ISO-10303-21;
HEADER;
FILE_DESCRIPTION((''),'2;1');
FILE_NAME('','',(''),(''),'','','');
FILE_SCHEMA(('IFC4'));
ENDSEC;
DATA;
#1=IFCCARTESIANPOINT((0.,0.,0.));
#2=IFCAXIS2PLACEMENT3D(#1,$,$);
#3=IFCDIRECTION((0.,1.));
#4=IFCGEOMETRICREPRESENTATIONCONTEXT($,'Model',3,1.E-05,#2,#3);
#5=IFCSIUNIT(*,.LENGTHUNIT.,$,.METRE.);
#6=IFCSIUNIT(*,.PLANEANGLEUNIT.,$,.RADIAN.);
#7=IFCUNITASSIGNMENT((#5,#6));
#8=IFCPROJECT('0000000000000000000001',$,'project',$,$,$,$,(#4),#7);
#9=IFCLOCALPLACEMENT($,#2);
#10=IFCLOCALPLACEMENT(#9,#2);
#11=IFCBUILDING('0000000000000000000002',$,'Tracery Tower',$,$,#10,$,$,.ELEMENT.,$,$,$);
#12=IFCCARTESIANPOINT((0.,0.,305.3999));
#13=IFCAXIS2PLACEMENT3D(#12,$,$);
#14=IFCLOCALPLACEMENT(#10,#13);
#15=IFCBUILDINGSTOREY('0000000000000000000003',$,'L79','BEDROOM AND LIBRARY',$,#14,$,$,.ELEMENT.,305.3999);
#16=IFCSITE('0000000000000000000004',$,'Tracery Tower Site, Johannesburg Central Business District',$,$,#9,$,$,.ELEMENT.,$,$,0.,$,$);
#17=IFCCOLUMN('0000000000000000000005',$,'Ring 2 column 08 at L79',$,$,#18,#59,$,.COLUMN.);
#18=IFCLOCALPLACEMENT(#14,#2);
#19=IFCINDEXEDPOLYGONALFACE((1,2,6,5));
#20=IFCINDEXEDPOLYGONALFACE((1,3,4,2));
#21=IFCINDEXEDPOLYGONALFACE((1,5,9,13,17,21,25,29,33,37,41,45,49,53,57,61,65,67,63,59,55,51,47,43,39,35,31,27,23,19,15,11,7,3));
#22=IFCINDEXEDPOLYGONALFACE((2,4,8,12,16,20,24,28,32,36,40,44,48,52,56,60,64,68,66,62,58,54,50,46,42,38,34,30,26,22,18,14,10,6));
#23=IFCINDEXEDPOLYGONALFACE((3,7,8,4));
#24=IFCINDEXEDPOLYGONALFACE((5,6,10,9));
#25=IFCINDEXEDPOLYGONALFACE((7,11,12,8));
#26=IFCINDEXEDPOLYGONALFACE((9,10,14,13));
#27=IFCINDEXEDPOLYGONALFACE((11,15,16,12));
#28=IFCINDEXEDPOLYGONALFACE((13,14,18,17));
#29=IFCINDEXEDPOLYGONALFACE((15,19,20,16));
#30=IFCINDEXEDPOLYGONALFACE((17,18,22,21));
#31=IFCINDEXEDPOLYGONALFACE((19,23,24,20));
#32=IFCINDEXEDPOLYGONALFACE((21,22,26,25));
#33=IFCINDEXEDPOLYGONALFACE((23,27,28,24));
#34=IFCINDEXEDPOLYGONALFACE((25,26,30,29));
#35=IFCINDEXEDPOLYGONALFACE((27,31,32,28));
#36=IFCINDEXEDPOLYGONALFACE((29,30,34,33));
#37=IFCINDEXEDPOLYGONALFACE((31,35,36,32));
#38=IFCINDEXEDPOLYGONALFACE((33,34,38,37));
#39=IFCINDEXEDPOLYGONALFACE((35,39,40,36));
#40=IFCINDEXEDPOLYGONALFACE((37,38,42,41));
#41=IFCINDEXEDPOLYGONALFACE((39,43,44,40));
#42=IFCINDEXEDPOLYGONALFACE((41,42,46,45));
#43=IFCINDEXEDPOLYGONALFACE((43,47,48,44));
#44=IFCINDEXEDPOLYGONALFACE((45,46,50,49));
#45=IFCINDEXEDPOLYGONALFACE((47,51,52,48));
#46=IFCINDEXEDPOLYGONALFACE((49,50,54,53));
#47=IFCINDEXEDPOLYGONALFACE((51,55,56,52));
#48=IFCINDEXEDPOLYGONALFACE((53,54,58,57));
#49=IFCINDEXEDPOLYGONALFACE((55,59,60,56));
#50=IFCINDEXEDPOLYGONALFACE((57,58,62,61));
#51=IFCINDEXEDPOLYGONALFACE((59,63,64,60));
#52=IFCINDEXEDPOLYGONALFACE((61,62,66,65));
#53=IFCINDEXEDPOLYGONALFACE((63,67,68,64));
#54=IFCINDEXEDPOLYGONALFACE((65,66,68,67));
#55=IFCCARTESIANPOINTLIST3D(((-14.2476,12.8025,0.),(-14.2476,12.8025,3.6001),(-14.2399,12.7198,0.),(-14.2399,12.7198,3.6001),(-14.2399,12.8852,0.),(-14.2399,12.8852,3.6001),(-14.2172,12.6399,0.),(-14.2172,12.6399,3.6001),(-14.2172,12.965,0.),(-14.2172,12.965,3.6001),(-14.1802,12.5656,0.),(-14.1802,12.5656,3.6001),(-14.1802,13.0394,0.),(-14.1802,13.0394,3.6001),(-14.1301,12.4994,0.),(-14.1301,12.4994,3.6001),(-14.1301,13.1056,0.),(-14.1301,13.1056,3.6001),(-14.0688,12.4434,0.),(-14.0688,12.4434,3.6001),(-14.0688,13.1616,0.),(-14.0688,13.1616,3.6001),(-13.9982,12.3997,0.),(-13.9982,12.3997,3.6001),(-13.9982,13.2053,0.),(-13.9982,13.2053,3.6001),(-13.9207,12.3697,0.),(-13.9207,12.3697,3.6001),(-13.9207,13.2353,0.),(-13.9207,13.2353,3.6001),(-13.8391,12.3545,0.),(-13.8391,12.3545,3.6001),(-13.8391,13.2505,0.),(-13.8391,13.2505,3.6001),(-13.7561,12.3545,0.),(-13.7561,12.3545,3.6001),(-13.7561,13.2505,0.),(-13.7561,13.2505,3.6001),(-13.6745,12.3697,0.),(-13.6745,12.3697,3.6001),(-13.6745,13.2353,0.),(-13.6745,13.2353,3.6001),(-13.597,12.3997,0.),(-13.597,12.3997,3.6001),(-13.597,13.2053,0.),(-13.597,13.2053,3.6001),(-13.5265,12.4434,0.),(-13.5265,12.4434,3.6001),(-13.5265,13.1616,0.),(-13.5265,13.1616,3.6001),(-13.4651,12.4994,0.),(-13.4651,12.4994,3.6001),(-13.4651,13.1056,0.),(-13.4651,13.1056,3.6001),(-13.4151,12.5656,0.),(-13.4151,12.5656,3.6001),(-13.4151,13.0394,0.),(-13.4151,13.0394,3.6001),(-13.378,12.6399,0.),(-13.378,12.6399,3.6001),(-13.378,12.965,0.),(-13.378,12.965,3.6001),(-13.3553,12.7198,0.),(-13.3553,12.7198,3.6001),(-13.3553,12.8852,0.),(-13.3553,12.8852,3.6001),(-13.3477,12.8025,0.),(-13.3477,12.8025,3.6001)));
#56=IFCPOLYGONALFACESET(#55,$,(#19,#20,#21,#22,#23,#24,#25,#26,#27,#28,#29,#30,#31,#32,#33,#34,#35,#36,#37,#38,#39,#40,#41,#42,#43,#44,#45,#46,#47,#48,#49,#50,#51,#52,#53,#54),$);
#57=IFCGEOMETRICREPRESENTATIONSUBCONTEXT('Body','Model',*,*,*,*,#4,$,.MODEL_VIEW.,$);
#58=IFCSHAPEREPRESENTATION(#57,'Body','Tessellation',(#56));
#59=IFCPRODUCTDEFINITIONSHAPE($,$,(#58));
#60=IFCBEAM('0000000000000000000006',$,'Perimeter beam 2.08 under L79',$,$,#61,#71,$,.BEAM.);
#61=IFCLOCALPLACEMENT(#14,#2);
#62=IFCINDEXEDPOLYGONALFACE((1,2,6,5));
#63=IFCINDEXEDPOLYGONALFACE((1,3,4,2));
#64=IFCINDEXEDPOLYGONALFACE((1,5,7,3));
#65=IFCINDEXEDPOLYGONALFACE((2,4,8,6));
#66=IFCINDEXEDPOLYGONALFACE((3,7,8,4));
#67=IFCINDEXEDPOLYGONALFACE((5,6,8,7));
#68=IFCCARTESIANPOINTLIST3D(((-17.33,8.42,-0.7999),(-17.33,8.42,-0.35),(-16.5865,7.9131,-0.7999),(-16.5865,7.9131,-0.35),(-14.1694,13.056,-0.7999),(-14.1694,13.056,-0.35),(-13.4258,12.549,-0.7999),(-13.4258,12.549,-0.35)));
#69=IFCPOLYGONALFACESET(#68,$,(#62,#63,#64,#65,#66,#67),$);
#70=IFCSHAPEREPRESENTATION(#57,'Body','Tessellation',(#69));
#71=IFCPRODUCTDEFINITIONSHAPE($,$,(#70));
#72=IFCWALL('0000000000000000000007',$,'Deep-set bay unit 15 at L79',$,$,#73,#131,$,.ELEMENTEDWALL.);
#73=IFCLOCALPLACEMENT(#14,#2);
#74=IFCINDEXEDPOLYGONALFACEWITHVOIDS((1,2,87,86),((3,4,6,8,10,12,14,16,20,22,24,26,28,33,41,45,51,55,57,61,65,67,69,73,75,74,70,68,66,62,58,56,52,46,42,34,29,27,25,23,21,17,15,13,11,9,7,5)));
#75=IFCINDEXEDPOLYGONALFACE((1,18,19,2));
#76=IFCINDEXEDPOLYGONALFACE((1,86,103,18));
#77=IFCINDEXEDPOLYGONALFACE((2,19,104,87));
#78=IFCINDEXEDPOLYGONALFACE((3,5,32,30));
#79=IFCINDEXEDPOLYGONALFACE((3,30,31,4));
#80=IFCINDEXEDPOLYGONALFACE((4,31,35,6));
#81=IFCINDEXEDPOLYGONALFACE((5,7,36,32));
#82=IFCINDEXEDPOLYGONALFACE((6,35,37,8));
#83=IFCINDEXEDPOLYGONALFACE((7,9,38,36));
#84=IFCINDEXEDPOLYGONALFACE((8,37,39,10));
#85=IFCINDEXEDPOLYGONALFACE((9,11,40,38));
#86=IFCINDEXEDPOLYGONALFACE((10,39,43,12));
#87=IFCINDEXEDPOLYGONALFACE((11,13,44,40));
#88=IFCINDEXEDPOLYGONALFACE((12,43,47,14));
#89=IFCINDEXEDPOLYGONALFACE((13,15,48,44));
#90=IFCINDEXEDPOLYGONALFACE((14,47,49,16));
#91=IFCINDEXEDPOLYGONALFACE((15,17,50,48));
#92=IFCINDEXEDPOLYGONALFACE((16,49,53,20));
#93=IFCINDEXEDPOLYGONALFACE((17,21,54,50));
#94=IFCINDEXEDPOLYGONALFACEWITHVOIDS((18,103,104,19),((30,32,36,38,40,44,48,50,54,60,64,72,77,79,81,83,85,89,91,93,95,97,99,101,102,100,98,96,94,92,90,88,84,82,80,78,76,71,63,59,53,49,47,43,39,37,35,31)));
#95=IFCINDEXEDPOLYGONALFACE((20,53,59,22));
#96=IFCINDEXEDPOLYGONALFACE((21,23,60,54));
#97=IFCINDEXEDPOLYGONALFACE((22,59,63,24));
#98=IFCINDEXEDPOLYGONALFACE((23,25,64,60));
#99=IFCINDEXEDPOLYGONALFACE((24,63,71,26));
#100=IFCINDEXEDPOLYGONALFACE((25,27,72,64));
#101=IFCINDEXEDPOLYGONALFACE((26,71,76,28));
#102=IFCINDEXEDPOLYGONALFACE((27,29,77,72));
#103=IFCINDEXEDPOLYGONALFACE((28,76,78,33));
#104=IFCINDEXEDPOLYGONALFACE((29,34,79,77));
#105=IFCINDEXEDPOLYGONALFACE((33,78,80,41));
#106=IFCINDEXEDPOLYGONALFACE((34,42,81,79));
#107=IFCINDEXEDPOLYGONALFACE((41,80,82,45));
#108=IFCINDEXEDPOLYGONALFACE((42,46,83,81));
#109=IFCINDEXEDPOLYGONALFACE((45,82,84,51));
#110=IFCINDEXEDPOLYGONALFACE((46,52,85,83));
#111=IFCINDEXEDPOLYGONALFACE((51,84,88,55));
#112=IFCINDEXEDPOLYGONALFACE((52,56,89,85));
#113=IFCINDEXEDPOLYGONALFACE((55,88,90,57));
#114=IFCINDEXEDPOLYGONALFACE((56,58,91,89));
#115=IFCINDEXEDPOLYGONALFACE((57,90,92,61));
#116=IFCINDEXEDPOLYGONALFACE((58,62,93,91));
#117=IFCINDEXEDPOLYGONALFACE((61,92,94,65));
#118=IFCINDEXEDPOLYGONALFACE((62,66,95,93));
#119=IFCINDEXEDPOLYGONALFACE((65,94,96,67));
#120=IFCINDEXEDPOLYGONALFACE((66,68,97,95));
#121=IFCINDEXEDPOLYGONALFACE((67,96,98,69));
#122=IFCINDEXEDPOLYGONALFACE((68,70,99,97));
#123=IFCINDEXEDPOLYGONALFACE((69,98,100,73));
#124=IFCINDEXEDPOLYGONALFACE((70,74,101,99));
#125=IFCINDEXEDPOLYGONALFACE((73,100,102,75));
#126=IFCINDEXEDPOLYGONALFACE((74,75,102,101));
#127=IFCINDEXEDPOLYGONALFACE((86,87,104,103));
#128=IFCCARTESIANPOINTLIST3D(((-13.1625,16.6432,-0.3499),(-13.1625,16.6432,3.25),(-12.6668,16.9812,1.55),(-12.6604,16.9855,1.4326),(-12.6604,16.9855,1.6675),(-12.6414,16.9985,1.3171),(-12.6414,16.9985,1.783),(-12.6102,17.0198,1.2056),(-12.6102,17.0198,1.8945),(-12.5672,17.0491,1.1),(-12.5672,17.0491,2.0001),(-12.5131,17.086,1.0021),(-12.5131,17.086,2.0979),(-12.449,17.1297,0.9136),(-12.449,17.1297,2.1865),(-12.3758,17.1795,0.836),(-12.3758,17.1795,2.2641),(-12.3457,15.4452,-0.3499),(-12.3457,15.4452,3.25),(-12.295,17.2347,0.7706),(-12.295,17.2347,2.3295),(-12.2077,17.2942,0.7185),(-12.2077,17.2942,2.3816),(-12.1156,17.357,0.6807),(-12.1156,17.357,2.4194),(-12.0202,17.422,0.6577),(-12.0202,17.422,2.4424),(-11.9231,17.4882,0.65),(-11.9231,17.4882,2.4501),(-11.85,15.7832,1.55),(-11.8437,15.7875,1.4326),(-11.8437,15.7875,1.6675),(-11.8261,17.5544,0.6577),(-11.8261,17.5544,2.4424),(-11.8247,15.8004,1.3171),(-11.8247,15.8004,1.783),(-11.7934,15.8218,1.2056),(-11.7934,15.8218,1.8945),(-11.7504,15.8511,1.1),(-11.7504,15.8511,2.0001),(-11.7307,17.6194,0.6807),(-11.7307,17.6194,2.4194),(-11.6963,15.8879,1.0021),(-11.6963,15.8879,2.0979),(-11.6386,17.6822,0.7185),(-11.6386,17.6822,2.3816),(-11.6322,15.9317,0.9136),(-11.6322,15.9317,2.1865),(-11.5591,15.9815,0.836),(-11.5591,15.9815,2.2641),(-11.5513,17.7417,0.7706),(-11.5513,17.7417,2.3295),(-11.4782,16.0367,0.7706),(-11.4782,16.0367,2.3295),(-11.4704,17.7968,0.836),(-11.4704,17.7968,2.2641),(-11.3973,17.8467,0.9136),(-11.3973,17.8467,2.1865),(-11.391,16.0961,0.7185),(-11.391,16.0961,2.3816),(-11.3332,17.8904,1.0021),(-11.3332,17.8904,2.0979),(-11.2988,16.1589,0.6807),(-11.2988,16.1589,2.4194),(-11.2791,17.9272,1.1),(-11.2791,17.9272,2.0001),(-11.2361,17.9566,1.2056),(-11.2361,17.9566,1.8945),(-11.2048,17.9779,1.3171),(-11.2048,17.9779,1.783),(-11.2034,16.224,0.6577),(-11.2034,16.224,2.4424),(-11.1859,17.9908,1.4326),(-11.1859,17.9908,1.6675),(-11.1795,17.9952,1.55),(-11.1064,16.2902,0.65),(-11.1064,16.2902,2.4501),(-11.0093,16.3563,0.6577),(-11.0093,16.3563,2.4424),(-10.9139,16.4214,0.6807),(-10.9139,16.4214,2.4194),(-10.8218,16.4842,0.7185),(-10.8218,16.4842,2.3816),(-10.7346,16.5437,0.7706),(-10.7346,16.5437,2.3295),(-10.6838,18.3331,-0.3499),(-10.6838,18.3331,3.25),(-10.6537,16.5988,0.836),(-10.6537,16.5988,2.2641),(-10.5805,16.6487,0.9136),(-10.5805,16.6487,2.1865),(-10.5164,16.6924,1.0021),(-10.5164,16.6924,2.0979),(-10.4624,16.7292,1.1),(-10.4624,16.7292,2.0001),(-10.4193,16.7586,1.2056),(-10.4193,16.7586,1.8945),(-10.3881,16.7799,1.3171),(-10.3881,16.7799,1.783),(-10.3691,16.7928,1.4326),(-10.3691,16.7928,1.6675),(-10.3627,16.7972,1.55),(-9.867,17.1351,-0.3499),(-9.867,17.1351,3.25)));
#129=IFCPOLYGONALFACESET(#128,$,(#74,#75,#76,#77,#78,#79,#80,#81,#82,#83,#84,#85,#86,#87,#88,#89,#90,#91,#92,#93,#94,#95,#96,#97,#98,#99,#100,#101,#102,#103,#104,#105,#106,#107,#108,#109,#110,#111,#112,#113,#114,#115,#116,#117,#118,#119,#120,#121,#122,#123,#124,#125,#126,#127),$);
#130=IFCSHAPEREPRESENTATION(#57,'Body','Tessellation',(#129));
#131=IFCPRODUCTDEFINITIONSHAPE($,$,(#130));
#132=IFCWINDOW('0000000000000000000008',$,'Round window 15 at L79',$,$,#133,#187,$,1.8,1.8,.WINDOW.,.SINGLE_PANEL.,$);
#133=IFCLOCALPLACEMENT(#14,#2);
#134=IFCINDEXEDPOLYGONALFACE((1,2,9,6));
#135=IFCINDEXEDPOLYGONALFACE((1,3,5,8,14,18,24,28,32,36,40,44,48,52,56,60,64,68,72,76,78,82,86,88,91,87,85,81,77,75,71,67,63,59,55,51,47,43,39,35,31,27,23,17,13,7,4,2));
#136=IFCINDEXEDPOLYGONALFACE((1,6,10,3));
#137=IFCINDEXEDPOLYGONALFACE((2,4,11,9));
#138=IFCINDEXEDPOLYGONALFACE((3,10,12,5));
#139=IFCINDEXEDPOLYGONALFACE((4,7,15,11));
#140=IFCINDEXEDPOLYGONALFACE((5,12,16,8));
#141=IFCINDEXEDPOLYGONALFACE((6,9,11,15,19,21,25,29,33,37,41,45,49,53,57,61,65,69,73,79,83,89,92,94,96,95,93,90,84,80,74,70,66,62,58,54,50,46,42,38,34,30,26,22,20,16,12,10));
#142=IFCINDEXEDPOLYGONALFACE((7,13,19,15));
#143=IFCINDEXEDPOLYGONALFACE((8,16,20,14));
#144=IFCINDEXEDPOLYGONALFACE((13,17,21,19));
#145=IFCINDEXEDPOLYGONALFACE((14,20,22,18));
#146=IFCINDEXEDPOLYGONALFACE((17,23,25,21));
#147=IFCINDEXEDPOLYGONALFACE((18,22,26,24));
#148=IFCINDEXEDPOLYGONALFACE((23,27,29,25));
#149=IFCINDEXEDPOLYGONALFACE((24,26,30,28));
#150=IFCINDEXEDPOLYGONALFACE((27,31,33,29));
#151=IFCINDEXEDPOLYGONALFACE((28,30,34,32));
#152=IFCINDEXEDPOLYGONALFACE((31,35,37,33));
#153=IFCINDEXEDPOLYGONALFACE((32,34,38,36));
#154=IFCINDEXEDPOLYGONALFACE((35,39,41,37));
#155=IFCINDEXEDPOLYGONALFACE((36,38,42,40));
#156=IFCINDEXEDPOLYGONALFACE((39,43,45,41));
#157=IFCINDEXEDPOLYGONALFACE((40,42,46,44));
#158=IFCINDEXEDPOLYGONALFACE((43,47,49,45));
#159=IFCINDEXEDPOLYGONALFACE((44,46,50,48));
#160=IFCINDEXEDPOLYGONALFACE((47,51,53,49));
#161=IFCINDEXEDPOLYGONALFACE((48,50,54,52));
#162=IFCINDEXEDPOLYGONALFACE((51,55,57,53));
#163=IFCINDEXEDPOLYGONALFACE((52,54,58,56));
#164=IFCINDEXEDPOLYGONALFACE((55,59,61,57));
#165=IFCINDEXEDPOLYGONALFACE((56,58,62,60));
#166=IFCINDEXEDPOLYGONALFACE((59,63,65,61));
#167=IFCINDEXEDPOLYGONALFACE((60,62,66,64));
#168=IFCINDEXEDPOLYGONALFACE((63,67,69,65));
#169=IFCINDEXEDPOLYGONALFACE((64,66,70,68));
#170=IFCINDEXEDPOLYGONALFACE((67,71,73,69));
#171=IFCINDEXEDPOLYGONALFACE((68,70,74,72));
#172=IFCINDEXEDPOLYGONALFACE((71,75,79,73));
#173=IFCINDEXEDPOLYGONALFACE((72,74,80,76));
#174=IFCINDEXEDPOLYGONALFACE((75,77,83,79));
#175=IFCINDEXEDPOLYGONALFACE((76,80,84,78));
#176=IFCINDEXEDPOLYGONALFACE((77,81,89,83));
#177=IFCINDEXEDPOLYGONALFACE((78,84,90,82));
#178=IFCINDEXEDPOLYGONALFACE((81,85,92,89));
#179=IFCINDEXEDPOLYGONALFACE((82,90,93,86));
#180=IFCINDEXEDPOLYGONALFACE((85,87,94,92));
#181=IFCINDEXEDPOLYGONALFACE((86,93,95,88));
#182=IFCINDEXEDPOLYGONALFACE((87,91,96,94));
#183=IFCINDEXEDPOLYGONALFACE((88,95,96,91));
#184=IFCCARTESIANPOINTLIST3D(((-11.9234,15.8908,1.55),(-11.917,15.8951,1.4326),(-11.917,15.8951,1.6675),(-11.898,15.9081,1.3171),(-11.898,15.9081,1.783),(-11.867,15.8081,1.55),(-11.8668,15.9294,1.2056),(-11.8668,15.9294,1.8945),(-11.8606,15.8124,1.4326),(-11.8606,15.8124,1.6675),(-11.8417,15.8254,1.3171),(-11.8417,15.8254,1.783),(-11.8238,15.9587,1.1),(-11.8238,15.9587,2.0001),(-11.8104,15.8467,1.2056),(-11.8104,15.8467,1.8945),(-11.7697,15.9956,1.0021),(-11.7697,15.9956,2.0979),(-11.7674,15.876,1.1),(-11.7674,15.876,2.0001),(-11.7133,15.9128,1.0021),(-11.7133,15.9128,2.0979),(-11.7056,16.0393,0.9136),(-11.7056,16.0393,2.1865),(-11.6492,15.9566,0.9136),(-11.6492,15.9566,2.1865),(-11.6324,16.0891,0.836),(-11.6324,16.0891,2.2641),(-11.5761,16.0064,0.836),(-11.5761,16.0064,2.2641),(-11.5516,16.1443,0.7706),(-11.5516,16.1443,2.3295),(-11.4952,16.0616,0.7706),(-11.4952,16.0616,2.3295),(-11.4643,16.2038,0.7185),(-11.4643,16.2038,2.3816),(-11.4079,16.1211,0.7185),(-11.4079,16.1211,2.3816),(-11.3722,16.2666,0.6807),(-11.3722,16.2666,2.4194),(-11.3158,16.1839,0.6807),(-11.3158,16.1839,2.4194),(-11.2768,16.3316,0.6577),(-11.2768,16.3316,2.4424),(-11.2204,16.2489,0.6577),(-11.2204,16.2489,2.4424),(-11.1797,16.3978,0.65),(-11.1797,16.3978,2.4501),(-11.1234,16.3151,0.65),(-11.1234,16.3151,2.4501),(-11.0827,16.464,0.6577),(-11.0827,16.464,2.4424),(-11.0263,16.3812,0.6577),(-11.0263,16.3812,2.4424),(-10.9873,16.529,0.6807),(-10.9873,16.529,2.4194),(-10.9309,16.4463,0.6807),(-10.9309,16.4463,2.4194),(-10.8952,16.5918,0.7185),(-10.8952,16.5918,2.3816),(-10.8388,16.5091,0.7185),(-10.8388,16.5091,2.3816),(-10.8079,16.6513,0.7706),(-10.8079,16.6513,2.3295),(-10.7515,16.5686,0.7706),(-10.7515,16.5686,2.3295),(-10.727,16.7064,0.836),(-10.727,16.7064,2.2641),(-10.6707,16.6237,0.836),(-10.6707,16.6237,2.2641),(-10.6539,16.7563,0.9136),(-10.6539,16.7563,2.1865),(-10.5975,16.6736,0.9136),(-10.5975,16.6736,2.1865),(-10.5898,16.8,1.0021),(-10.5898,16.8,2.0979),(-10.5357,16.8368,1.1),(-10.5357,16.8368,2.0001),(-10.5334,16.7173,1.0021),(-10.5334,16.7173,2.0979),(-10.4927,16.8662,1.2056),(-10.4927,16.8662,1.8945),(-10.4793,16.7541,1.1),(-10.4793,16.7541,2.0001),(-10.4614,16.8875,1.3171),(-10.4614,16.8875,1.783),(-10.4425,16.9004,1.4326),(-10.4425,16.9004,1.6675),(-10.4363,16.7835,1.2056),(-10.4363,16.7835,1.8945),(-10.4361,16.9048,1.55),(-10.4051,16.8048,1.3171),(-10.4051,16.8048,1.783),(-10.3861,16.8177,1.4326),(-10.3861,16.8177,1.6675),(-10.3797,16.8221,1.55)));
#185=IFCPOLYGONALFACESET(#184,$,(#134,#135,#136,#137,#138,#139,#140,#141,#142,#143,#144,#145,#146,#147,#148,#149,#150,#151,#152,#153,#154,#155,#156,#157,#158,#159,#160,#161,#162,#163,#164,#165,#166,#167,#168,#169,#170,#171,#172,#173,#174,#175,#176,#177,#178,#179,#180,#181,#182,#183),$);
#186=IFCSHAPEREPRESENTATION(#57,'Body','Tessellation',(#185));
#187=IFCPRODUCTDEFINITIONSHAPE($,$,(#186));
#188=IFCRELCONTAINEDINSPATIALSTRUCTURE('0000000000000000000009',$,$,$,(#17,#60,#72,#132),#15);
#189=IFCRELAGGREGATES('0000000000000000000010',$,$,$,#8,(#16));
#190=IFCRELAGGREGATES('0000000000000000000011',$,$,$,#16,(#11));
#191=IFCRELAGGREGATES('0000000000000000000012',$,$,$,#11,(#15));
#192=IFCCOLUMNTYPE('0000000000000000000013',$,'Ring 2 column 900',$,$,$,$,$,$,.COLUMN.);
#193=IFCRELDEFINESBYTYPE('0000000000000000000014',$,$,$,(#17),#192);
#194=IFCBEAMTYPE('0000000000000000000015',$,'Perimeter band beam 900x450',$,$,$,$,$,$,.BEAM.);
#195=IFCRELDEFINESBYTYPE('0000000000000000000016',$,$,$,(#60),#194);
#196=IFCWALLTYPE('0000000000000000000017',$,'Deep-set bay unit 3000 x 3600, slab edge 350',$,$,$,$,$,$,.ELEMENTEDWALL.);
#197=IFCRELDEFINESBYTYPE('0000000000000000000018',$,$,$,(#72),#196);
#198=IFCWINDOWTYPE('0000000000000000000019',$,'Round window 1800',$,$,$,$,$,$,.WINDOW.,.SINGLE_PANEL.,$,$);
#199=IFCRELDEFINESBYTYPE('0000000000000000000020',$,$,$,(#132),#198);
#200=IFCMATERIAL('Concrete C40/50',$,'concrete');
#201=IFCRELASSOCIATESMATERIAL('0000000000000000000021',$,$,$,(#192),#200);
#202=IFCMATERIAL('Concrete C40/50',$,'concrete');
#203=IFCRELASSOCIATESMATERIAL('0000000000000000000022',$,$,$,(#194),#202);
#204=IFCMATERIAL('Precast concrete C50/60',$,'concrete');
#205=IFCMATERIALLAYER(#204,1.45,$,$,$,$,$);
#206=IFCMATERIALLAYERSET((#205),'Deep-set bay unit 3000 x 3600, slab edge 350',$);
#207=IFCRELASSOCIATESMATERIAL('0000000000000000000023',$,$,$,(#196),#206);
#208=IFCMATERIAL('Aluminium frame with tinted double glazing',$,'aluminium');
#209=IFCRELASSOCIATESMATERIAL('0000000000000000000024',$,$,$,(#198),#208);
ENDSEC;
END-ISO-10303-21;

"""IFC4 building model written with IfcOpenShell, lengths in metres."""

from ifc_helpers import new_model, si_unit, direction, frame, frame_2d, origin, origin_2d, place, context, subcontext, project, spatial, rectangle, circle, extrude, material, layer, layer_set, material_profile, profile_set, type_object, element, fill, save


model = new_model("IFC4")

# Units and contexts
model_context = context("Model", 3, precision=1e-05, world=origin(), true_north=direction((0.0, 1.0)))
body_context = subcontext(model_context, "Body", "Model", "MODEL_VIEW")
ifc_project = project(units=[si_unit("LENGTHUNIT", "METRE"), si_unit("PLANEANGLEUNIT", "RADIAN")], contexts=[model_context])

# Site, building, storey
site_placement = place(None, origin())
site = spatial("IfcSite", under=ifc_project, at=site_placement, Name="Tracery Tower Site, Johannesburg Central Business District", CompositionType="ELEMENT", RefElevation=0.0)
building_placement = place(site_placement, origin())
building = spatial("IfcBuilding", under=site, at=building_placement, Name="Tracery Tower", CompositionType="ELEMENT")
storey_placement = place(building_placement, frame((0.0, 0.0, 305.3999)))
storey = spatial("IfcBuildingStorey", under=building, at=storey_placement, Name="L79", Description="BEDROOM AND LIBRARY", CompositionType="ELEMENT", Elevation=305.3999)

# Column
ifc_material_1 = material(Name="Concrete C40/50", Category="concrete")
ifc_material_profile_1 = material_profile(ifc_material_1, circle(Radius=0.45, at=origin_2d()), Name="RC D900")
ifc_profile_set_1 = profile_set([ifc_material_profile_1], Name="Concrete C40/50")
column_type = type_object("IfcColumnType", Name="Ring 2 column 900", PredefinedType="COLUMN", material=ifc_profile_set_1)
column_placement = place(storey_placement, frame((-13.7976, 12.8025, 0.0), z_axis=(0.0, 0.0, 1.0), x_axis=(1.0, 0.0, 0.0)))
element("IfcColumn", 1, at=column_placement, inside=storey, type_object=column_type, Name="Ring 2 column 08 at L79", PredefinedType="COLUMN", context=body_context, shape_type="SweptSolid", body=[
    extrude(circle(Radius=0.45, at=origin_2d()), origin(), (0.0, 0.0, 1.0), 3.6001),
])

# Beam
ifc_material_2 = material(Name="Concrete C40/50", Category="concrete")
ifc_material_profile_2 = material_profile(ifc_material_2, rectangle(XDim=0.8999, YDim=0.45, at=origin_2d()), Name="RC 900x450")
ifc_profile_set_2 = profile_set([ifc_material_profile_2], Name="Concrete C40/50")
beam_type = type_object("IfcBeamType", Name="Perimeter band beam 900x450", PredefinedType="BEAM", material=ifc_profile_set_2)
beam_placement = place(storey_placement, frame((-13.7976, 12.8025, -0.575), z_axis=(-0.563306, -0.826249, 0.0), x_axis=(0.826249, -0.563306, 0.0)))
element("IfcBeam", 2, at=beam_placement, inside=storey, type_object=beam_type, Name="Perimeter beam 2.08 under L79", PredefinedType="BEAM", context=body_context, shape_type="SweptSolid", body=[
    extrude(rectangle(XDim=0.8999, YDim=0.45, at=origin_2d()), origin(), (0.0, 0.0, 1.0), 5.6108),
])

# Wall, opening, window
ifc_material_3 = material(Name="Precast concrete C50/60", Category="concrete")
ifc_layer_1 = layer(ifc_material_3, 1.45)
ifc_layer_set_1 = layer_set([ifc_layer_1], Name="Deep-set bay unit 3000 x 3600, slab edge 350")
wall_type_1 = type_object("IfcWallType", Name="Deep-set bay unit 3000 x 3600, slab edge 350", PredefinedType="ELEMENTEDWALL", material=ifc_layer_set_1)
wall_1_placement = place(storey_placement, frame((-10.2754, 17.7341, -0.3499), z_axis=(0.0, 0.0, 1.0), x_axis=(-0.826246, -0.563309, 0.0)))
wall_1 = element("IfcWall", 3, at=wall_1_placement, inside=storey, type_object=wall_type_1, Name="Deep-set bay unit 15 at L79", PredefinedType="ELEMENTEDWALL", context=body_context, shape_type="SweptSolid", body=[
    extrude(rectangle(XDim=3.0, YDim=1.45, at=frame_2d((1.5, 0.0))), origin(), (0.0, 0.0, 1.0), 3.5999),
])
opening_1_placement = place(wall_1_placement, frame((1.5, 0.0, 1.8999)))
opening_1 = element("IfcOpeningElement", 4, at=opening_1_placement, cuts=wall_1, PredefinedType="OPENING", context=body_context, shape_type="SweptSolid", body=[
    extrude(circle(Radius=0.9, at=origin_2d()), frame((0.0, 0.7349, 0.0), z_axis=(0.0, -1.0, 0.0), x_axis=(1.0, 0.0, 0.0)), (0.0, 0.0, 1.0), 1.47),
])
ifc_material_4 = material(Name="Aluminium frame with tinted double glazing", Category="aluminium")
window_type = type_object("IfcWindowType", Name="Round window 1800", PartitioningType="SINGLE_PANEL", PredefinedType="WINDOW", material=ifc_material_4)
window_1_placement = place(opening_1_placement, origin())
window_1 = element("IfcWindow", 5, at=window_1_placement, inside=storey, type_object=window_type, Name="Round window 15 at L79", OverallHeight=1.8, OverallWidth=1.8, PartitioningType="SINGLE_PANEL", PredefinedType="WINDOW", context=body_context, shape_type="SweptSolid", body=[
    extrude(circle(Radius=0.9, at=origin_2d()), frame((0.0, 0.6948, 0.0), z_axis=(0.0, -1.0, 0.0), x_axis=(1.0, 0.0, 0.0)), (0.0, 0.0, 1.0), 0.1001),
])
fill(opening_1, window_1)

save(model, "model.ifc")
